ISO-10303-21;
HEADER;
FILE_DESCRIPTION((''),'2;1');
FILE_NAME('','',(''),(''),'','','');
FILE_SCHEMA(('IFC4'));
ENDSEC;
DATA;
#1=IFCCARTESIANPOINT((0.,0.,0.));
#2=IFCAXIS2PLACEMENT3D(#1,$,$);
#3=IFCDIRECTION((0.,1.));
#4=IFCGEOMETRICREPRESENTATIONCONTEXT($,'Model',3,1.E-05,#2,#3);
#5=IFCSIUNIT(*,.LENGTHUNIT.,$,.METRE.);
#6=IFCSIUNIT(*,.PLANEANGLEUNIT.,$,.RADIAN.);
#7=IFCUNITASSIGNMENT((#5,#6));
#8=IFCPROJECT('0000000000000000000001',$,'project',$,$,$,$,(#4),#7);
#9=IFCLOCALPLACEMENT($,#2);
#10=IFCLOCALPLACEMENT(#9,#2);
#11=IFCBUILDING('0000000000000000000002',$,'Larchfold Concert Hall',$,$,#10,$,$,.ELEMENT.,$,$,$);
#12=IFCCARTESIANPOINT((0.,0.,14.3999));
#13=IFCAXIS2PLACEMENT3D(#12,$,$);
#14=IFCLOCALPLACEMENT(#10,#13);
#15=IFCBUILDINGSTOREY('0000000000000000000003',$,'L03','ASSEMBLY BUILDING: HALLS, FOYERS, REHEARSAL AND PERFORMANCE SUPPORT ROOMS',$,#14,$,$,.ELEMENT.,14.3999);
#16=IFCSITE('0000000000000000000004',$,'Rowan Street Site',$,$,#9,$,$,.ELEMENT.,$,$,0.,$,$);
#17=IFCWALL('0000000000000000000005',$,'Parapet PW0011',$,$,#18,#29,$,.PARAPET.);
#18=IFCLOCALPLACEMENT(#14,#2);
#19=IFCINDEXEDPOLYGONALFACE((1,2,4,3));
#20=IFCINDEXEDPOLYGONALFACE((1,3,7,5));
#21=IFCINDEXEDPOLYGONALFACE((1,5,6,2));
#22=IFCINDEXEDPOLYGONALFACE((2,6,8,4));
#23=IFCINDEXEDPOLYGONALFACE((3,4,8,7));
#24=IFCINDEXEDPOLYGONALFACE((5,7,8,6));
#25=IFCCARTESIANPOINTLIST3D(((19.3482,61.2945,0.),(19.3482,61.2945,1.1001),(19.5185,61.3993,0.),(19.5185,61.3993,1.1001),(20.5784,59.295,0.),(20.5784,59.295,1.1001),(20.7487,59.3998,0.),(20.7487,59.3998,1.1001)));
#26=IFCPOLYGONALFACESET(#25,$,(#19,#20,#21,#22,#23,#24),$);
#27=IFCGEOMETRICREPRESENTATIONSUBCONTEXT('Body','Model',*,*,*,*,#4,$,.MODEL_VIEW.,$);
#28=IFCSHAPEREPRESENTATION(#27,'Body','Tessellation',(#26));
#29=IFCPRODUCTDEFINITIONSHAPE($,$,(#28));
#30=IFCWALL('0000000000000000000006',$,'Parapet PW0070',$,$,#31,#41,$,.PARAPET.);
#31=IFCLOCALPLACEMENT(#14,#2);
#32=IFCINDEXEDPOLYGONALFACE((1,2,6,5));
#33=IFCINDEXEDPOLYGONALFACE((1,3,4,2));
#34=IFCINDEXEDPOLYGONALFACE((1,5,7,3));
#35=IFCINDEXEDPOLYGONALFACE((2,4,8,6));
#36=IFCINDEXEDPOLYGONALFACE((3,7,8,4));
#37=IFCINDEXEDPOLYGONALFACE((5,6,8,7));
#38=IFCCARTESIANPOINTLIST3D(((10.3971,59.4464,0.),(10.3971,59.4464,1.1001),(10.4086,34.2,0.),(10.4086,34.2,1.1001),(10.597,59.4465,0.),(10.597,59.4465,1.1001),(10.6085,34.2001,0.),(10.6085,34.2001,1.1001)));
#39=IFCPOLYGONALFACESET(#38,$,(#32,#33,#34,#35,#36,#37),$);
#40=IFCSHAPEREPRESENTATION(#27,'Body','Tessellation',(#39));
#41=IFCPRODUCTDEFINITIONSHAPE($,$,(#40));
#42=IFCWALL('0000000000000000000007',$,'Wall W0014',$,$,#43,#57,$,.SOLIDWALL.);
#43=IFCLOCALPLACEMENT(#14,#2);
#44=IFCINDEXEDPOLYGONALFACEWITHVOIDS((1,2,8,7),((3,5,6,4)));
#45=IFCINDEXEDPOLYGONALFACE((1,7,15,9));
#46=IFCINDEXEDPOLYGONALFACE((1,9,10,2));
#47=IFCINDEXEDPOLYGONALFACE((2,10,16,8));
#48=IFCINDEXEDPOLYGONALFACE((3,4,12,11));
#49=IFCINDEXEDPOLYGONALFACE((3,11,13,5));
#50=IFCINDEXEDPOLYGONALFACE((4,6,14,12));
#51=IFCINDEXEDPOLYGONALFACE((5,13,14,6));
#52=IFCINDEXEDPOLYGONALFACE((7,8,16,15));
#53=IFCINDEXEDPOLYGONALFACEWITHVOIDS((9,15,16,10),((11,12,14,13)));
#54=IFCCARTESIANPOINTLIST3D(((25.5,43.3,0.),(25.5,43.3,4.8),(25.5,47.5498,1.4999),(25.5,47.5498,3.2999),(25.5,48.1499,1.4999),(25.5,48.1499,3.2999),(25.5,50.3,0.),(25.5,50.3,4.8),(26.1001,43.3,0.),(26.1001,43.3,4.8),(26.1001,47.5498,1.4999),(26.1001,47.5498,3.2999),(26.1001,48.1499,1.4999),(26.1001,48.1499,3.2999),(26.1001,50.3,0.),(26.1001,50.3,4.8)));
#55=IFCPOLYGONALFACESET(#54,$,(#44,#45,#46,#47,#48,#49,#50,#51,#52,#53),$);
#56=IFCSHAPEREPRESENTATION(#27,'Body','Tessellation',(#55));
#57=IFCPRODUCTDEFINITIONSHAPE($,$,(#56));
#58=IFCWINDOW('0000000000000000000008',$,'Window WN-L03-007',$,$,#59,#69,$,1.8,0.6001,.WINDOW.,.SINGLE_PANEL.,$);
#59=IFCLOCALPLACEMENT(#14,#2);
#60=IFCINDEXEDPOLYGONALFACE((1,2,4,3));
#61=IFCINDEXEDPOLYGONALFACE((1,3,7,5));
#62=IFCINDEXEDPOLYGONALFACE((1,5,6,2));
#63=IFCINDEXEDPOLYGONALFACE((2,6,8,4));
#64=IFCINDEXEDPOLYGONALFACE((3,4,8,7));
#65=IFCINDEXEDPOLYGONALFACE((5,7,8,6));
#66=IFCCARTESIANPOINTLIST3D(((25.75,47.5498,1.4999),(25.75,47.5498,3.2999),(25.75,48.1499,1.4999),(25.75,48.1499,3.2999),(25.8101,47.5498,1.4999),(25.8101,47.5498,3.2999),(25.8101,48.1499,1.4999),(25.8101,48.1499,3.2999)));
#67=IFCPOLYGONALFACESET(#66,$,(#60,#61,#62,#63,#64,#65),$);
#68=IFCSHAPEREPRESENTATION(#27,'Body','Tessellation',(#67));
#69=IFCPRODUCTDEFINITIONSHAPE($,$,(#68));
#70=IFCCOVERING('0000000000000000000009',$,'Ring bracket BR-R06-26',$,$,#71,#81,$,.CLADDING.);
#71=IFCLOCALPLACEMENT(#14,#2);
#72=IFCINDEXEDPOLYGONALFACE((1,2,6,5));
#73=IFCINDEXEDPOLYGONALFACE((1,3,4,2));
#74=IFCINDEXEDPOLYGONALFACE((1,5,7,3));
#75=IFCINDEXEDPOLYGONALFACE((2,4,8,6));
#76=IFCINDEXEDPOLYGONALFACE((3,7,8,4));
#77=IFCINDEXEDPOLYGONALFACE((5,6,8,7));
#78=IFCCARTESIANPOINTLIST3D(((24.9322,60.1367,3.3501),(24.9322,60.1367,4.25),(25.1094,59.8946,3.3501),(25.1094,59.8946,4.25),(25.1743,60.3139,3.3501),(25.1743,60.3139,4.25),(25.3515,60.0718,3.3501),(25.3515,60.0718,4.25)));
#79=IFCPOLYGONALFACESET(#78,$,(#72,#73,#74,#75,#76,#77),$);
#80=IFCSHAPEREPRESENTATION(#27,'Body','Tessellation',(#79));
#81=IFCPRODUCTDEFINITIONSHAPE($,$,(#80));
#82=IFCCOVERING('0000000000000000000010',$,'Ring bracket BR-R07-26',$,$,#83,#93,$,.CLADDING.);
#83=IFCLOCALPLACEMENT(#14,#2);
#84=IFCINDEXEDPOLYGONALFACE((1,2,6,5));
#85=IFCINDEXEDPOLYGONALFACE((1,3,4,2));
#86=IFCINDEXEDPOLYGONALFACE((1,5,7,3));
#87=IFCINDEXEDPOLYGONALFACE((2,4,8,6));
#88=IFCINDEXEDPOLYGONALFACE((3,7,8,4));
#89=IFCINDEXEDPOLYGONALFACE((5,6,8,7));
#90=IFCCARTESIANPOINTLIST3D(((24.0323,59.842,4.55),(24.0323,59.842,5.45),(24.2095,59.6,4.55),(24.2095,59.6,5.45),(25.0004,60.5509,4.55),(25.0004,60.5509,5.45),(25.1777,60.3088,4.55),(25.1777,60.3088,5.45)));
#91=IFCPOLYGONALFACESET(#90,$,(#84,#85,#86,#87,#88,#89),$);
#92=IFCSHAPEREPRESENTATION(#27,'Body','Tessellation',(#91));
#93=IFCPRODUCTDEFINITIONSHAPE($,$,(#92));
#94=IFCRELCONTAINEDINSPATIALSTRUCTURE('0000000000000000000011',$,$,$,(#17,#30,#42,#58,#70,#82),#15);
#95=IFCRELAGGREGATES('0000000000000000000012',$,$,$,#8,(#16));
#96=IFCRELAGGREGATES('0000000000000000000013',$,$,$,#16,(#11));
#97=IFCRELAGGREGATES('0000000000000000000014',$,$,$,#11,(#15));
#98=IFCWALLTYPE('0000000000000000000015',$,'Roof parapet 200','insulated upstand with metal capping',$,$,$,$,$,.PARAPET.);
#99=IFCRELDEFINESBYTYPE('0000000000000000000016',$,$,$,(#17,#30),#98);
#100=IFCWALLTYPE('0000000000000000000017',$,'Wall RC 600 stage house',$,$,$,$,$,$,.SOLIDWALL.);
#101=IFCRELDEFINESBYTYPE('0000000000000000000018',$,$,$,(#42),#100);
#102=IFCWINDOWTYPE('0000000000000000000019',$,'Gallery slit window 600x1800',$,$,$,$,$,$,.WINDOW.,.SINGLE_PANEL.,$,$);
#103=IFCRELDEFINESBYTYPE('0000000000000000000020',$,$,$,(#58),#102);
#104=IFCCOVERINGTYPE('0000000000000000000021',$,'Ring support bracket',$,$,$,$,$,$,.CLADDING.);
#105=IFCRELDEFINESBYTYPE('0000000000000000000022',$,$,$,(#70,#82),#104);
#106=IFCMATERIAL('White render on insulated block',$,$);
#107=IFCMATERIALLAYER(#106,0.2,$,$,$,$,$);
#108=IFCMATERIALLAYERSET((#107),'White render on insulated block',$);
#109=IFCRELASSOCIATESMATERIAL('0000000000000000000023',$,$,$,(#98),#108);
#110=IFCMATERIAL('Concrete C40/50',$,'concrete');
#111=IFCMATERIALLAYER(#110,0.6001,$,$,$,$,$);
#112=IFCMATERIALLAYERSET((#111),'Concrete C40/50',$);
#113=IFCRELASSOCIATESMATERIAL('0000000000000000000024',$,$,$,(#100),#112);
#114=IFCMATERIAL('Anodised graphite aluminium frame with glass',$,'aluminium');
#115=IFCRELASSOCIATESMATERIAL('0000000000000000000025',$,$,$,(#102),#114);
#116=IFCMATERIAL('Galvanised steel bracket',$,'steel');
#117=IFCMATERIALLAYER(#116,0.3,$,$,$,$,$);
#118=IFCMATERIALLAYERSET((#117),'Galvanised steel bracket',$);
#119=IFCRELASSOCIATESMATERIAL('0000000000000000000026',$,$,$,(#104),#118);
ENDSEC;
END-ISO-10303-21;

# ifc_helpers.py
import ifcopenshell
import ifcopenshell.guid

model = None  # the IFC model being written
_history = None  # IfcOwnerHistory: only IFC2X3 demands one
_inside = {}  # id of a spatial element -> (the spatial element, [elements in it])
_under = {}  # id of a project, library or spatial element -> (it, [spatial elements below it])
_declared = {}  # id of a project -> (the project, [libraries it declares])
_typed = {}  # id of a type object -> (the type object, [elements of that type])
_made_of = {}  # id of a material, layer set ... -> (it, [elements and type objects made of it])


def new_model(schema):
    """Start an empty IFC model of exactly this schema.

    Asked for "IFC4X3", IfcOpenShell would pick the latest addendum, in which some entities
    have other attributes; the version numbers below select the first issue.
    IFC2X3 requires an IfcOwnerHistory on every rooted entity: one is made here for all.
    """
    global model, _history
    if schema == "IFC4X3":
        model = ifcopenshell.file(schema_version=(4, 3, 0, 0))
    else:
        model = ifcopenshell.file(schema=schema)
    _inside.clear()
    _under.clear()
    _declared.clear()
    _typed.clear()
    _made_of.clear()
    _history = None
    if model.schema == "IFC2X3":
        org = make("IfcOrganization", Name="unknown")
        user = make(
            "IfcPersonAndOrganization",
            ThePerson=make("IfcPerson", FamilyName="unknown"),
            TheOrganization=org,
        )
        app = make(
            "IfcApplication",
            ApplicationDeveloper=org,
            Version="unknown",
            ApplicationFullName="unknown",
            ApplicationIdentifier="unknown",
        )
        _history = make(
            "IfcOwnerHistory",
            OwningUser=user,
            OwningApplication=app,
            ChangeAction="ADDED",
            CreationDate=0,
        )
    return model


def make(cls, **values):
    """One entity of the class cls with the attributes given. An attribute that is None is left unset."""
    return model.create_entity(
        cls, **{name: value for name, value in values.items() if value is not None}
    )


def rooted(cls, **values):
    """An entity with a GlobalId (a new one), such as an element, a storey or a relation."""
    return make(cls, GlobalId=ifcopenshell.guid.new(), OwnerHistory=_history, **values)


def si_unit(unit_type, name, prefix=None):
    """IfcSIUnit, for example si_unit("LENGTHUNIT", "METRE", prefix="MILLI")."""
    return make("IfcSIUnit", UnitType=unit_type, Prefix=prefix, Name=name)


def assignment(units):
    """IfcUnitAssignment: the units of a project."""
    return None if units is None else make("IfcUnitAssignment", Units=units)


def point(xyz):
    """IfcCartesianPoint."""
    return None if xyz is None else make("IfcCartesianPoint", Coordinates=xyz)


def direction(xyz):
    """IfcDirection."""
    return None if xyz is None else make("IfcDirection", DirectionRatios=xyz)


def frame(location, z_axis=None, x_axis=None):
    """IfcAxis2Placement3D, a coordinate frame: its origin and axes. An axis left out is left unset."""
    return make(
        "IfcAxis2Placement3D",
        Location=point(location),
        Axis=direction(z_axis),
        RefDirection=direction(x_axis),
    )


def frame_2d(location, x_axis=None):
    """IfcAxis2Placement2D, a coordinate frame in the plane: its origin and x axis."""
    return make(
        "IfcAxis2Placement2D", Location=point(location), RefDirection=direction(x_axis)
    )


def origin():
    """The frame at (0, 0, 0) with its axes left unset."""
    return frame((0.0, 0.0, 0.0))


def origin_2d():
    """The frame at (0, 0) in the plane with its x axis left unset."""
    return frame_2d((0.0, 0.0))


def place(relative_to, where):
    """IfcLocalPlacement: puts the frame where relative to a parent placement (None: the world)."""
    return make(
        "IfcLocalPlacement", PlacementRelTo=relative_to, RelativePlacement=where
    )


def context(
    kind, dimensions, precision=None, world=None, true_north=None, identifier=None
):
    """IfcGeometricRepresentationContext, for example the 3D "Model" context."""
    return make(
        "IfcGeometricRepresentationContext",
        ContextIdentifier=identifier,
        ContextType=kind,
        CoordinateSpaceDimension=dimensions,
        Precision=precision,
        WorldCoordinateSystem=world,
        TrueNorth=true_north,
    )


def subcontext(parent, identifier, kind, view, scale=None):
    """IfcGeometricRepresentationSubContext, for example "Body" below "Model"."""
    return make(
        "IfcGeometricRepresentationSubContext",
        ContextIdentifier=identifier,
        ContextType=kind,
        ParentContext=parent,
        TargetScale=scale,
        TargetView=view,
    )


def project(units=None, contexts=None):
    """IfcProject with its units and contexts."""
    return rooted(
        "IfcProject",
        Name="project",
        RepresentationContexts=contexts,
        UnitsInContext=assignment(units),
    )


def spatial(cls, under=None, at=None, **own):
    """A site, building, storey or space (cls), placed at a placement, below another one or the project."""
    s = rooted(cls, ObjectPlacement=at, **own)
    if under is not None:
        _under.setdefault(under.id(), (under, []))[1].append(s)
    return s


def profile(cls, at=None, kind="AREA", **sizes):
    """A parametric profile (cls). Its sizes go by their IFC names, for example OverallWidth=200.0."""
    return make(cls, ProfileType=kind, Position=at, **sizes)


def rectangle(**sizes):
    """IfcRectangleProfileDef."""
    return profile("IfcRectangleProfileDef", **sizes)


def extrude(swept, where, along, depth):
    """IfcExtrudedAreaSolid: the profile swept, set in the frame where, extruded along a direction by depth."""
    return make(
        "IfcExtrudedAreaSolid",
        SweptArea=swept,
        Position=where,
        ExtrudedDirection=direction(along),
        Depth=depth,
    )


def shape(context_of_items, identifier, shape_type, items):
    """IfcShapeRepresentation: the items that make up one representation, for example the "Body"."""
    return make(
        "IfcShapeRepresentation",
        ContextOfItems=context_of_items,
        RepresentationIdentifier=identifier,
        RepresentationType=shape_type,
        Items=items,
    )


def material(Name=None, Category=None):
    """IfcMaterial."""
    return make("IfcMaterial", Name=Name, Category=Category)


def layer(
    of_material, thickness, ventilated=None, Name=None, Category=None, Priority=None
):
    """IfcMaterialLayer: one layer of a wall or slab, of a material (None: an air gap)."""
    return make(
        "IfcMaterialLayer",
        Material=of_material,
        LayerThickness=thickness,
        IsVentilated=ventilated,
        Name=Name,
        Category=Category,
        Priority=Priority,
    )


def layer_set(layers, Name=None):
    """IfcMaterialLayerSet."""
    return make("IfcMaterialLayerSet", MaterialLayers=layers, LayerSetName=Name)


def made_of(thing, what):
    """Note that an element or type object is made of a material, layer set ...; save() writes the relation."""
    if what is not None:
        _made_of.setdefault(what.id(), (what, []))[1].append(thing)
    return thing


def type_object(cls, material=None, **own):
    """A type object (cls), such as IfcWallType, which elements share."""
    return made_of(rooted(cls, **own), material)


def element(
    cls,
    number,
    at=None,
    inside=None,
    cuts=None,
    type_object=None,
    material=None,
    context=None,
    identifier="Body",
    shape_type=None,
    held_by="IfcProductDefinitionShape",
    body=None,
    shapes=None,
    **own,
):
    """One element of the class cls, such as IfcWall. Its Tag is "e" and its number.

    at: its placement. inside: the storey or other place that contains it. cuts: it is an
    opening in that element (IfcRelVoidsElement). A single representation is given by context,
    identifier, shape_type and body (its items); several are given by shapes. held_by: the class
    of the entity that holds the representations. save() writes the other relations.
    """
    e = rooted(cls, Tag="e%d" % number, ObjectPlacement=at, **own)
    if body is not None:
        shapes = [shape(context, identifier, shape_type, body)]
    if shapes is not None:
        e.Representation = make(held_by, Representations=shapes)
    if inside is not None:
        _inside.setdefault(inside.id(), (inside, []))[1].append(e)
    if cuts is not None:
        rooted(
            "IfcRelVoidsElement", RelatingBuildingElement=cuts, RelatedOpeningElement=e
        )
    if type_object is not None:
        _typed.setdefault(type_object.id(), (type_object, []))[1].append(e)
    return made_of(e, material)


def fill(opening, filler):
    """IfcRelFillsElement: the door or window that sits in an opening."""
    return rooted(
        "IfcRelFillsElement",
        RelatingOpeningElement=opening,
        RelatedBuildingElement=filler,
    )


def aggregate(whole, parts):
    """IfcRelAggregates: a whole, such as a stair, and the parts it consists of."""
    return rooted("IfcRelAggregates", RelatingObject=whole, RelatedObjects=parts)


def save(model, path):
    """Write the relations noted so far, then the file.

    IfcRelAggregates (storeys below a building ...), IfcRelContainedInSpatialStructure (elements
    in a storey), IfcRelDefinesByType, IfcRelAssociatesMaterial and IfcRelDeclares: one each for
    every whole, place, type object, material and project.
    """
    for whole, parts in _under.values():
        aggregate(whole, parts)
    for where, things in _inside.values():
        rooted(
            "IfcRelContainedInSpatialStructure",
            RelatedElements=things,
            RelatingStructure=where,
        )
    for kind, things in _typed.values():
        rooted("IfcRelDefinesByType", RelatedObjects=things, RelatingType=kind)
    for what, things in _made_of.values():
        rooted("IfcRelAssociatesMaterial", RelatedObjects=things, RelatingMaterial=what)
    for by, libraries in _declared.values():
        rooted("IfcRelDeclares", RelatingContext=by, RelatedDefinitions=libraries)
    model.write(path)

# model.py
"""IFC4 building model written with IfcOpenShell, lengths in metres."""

from ifc_helpers import new_model, si_unit, direction, frame, frame_2d, origin, origin_2d, place, context, subcontext, project, spatial, rectangle, extrude, material, layer, layer_set, type_object, element, fill, save


model = new_model("IFC4")

# Units and contexts
model_context = context("Model", 3, precision=1e-05, world=origin(), true_north=direction((0.0, 1.0)))
body_context = subcontext(model_context, "Body", "Model", "MODEL_VIEW")
ifc_project = project(units=[si_unit("LENGTHUNIT", "METRE"), si_unit("PLANEANGLEUNIT", "RADIAN")], contexts=[model_context])

# Site, building, storey
site_placement = place(None, origin())
site = spatial("IfcSite", under=ifc_project, at=site_placement, Name="Rowan Street Site", CompositionType="ELEMENT", RefElevation=0.0)
building_placement = place(site_placement, origin())
building = spatial("IfcBuilding", under=site, at=building_placement, Name="Larchfold Concert Hall", CompositionType="ELEMENT")
storey_placement = place(building_placement, frame((0.0, 0.0, 14.3999)))
storey = spatial("IfcBuildingStorey", under=building, at=storey_placement, Name="L03", Description="ASSEMBLY BUILDING: HALLS, FOYERS, REHEARSAL AND PERFORMANCE SUPPORT ROOMS", CompositionType="ELEMENT", Elevation=14.3999)

# Walls
ifc_material_1 = material(Name="White render on insulated block")
ifc_layer_1 = layer(ifc_material_1, 0.2)
ifc_layer_set_1 = layer_set([ifc_layer_1], Name="White render on insulated block")
wall_type_1 = type_object("IfcWallType", Name="Roof parapet 200", Description="insulated upstand with metal capping", PredefinedType="PARAPET", material=ifc_layer_set_1)
wall_1_placement = place(storey_placement, frame((20.6636, 59.3474, 0.0), z_axis=(0.0, 0.0, 1.0), x_axis=(-0.524022, 0.851705, 0.0)))
element("IfcWall", 1, at=wall_1_placement, inside=storey, type_object=wall_type_1, Name="Parapet PW0011", PredefinedType="PARAPET", context=body_context, shape_type="SweptSolid", body=[
    extrude(rectangle(XDim=2.3477, YDim=0.2, at=frame_2d((1.1738, 0.0))), origin(), (0.0, 0.0, 1.0), 1.1001),
])
wall_2_placement = place(storey_placement, frame((10.4971, 59.4463, 0.0), z_axis=(0.0, 0.0, 1.0), x_axis=(0.000455, -1.0, 0.0)))
element("IfcWall", 2, at=wall_2_placement, inside=storey, type_object=wall_type_1, Name="Parapet PW0070", PredefinedType="PARAPET", context=body_context, shape_type="SweptSolid", body=[
    extrude(rectangle(XDim=25.2463, YDim=0.2, at=frame_2d((12.623, 0.0))), origin(), (0.0, 0.0, 1.0), 1.1001),
])

# Wall, opening, window
ifc_material_2 = material(Name="Concrete C40/50", Category="concrete")
ifc_layer_2 = layer(ifc_material_2, 0.6001)
ifc_layer_set_2 = layer_set([ifc_layer_2], Name="Concrete C40/50")
wall_type_2 = type_object("IfcWallType", Name="Wall RC 600 stage house", PredefinedType="SOLIDWALL", material=ifc_layer_set_2)
wall_3_placement = place(storey_placement, frame((25.8, 50.3, 0.0), z_axis=(0.0, 0.0, 1.0), x_axis=(0.0, -1.0, 0.0)))
wall_3 = element("IfcWall", 3, at=wall_3_placement, inside=storey, type_object=wall_type_2, Name="Wall W0014", PredefinedType="SOLIDWALL", context=body_context, shape_type="SweptSolid", body=[
    extrude(rectangle(XDim=7.0, YDim=0.6001, at=frame_2d((3.5, 0.0))), origin(), (0.0, 0.0, 1.0), 4.8),
])
opening_placement = place(wall_3_placement, frame((2.1501, 0.0, 1.5)))
opening = element("IfcOpeningElement", 4, at=opening_placement, cuts=wall_3, PredefinedType="OPENING", context=body_context, shape_type="SweptSolid", body=[
    extrude(rectangle(XDim=0.6001, YDim=1.8, at=frame_2d((0.3, 0.8999))), frame((0.0, 0.3101, 0.0), z_axis=(0.0, -1.0, 0.0), x_axis=(1.0, 0.0, 0.0)), (0.0, 0.0, 1.0), 0.6201),
])
ifc_material_3 = material(Name="Anodised graphite aluminium frame with glass", Category="aluminium")
window_type = type_object("IfcWindowType", Name="Gallery slit window 600x1800", PartitioningType="SINGLE_PANEL", PredefinedType="WINDOW", material=ifc_material_3)
window_placement = place(opening_placement, origin())
window = element("IfcWindow", 5, at=window_placement, inside=storey, type_object=window_type, Name="Window WN-L03-007", OverallHeight=1.8, OverallWidth=0.6001, PartitioningType="SINGLE_PANEL", PredefinedType="WINDOW", context=body_context, shape_type="SweptSolid", body=[
    extrude(rectangle(XDim=0.6001, YDim=1.8, at=frame_2d((0.3, 0.8999))), frame((0.0, 0.01, 0.0), z_axis=(0.0, -1.0, 0.0), x_axis=(1.0, 0.0, 0.0)), (0.0, 0.0, 1.0), 0.0601),
])
fill(opening, window)

# Coverings
ifc_material_4 = material(Name="Galvanised steel bracket", Category="steel")
ifc_layer_3 = layer(ifc_material_4, 0.3)
ifc_layer_set_3 = layer_set([ifc_layer_3], Name="Galvanised steel bracket")
covering_type = type_object("IfcCoveringType", Name="Ring support bracket", PredefinedType="CLADDING", material=ifc_layer_set_3)
covering_1_placement = place(storey_placement, frame((25.1418, 60.1042, 3.3501), z_axis=(0.0, 0.0, 1.0), x_axis=(-0.806849, -0.590758, 0.0)))
element("IfcCovering", 6, at=covering_1_placement, inside=storey, type_object=covering_type, Name="Ring bracket BR-R06-26", PredefinedType="CLADDING", context=body_context, shape_type="SweptSolid", body=[
    extrude(rectangle(XDim=0.3, YDim=0.3, at=origin_2d()), origin(), (0.0, 0.0, 1.0), 0.8999),
])
covering_2_placement = place(storey_placement, frame((24.605, 60.0754, 4.55), z_axis=(0.0, 0.0, 1.0), x_axis=(-0.806849, -0.590758, 0.0)))
element("IfcCovering", 7, at=covering_2_placement, inside=storey, type_object=covering_type, Name="Ring bracket BR-R07-26", PredefinedType="CLADDING", context=body_context, shape_type="SweptSolid", body=[
    extrude(rectangle(XDim=1.2, YDim=0.3, at=origin_2d()), origin(), (0.0, 0.0, 1.0), 0.8999),
])

save(model, "model.ifc")
